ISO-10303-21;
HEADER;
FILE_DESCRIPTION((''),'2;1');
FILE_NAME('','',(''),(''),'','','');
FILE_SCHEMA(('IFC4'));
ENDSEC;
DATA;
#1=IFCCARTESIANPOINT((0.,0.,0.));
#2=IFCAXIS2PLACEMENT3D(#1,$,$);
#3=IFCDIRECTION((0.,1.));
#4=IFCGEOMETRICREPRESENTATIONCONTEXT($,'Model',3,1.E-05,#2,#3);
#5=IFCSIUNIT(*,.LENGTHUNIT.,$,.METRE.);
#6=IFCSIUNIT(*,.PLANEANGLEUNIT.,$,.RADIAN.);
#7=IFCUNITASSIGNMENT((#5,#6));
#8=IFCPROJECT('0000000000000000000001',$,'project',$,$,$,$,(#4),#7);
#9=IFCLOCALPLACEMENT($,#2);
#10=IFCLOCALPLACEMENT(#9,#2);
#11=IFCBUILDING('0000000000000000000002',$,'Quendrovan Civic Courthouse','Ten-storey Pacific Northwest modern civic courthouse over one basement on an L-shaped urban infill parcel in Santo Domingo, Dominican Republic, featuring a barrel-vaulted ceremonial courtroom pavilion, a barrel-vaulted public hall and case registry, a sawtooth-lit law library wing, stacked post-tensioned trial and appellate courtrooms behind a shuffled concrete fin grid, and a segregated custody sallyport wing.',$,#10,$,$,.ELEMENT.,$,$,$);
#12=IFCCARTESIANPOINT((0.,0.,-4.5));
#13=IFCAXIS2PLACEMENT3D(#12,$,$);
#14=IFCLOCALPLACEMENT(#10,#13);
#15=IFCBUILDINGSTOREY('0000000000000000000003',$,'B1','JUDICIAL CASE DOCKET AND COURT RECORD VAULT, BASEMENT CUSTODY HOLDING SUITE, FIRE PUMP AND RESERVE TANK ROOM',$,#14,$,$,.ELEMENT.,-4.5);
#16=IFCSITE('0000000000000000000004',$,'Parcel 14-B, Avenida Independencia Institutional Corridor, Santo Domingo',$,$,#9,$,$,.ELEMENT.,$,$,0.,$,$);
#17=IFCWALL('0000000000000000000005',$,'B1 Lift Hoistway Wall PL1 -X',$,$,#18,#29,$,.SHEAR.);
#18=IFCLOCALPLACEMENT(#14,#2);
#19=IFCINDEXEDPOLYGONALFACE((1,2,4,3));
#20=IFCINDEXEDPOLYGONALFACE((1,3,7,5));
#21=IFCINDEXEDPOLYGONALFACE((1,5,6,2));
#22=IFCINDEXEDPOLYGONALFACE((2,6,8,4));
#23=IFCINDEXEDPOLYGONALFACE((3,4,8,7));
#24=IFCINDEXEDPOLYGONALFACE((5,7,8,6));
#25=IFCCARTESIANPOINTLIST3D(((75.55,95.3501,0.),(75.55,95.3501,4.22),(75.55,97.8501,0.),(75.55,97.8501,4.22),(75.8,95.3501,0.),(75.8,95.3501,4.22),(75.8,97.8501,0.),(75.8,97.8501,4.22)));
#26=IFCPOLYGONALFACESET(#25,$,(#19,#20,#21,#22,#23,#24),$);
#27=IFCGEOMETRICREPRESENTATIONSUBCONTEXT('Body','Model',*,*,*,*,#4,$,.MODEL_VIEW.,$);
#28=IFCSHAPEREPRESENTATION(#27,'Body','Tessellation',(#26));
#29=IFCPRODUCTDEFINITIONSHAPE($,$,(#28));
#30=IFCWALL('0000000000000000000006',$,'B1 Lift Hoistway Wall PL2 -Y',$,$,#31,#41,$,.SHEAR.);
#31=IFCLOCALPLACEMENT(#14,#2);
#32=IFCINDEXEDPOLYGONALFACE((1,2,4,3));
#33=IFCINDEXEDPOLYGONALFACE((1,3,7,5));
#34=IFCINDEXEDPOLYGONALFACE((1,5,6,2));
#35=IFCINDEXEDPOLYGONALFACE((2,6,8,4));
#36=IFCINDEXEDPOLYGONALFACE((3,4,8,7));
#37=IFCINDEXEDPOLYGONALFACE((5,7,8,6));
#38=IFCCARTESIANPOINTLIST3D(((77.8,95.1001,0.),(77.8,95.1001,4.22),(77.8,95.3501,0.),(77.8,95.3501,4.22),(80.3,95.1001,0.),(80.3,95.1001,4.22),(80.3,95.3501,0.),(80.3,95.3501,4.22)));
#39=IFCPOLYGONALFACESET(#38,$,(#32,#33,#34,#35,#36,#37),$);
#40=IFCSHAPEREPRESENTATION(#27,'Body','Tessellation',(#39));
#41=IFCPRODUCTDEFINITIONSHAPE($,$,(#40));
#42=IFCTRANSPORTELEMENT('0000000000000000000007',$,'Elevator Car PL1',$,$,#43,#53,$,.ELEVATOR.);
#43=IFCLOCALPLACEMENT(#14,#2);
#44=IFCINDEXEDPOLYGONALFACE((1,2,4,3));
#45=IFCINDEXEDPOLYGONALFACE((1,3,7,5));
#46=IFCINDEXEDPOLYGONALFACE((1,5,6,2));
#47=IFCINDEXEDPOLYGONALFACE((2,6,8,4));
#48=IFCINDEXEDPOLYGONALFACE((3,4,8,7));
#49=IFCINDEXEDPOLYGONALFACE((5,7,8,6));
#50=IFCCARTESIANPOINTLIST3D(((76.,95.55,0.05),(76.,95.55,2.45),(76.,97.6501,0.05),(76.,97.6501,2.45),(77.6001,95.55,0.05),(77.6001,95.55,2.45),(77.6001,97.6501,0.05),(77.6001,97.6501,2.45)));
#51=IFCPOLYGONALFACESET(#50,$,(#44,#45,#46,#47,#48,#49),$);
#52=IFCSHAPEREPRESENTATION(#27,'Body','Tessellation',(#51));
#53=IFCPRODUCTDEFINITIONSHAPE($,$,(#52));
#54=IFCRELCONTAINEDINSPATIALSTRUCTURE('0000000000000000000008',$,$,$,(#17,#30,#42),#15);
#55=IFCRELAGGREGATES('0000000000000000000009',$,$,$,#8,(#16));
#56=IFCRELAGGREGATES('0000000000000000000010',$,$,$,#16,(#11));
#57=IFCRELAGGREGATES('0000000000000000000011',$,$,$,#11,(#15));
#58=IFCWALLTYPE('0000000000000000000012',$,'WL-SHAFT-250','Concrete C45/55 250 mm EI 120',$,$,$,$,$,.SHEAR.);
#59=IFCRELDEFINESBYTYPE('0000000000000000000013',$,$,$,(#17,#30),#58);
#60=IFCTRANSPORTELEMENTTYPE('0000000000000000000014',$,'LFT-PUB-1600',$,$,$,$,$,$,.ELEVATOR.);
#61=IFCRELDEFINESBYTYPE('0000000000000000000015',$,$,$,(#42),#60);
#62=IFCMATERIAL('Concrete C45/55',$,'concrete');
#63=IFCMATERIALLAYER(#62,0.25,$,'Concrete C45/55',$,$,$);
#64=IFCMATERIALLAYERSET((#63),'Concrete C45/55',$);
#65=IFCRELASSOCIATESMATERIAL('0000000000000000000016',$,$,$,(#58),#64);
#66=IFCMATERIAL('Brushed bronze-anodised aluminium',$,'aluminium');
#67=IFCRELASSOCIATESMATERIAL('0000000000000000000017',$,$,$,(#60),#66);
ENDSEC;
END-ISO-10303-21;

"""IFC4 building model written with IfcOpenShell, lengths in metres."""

from ifc_helpers import new_model, si_unit, direction, frame, frame_2d, origin, origin_2d, place, context, subcontext, project, spatial, rectangle, extrude, material, layer, layer_set, type_object, element, save


model = new_model("IFC4")

# Units and contexts
model_context = context("Model", 3, precision=1e-05, world=origin(), true_north=direction((0.0, 1.0)))
body_context = subcontext(model_context, "Body", "Model", "MODEL_VIEW")
ifc_project = project(units=[si_unit("LENGTHUNIT", "METRE"), si_unit("PLANEANGLEUNIT", "RADIAN")], contexts=[model_context])

# Site, building, storey
site_placement = place(None, origin())
site = spatial("IfcSite", under=ifc_project, at=site_placement, Name="Parcel 14-B, Avenida Independencia Institutional Corridor, Santo Domingo", CompositionType="ELEMENT", RefElevation=0.0)
building_placement = place(site_placement, origin())
building = spatial("IfcBuilding", under=site, at=building_placement, Name="Quendrovan Civic Courthouse", Description="Ten-storey Pacific Northwest modern civic courthouse over one basement on an L-shaped urban infill parcel in Santo Domingo, Dominican Republic, featuring a barrel-vaulted ceremonial courtroom pavilion, a barrel-vaulted public hall and case registry, a sawtooth-lit law library wing, stacked post-tensioned trial and appellate courtrooms behind a shuffled concrete fin grid, and a segregated custody sallyport wing.", CompositionType="ELEMENT")
storey_placement = place(building_placement, frame((0.0, 0.0, -4.5)))
storey = spatial("IfcBuildingStorey", under=building, at=storey_placement, Name="B1", Description="JUDICIAL CASE DOCKET AND COURT RECORD VAULT, BASEMENT CUSTODY HOLDING SUITE, FIRE PUMP AND RESERVE TANK ROOM", CompositionType="ELEMENT", Elevation=-4.5)

# Shared definitions
ifc_material_1 = material(Name="Concrete C45/55", Category="concrete")

# Walls
ifc_layer_1 = layer(ifc_material_1, 0.25, Name="Concrete C45/55")
ifc_layer_set_1 = layer_set([ifc_layer_1], Name="Concrete C45/55")
wall_type_1 = type_object("IfcWallType", Name="WL-SHAFT-250", Description="Concrete C45/55 250 mm EI 120", PredefinedType="SHEAR", material=ifc_layer_set_1)
for number, where, z_axis, x_axis, name in (
    (1, (75.675, 95.3501, 0.0), (0.0, 0.0, 1.0), (0.0, 1.0, 0.0), "B1 Lift Hoistway Wall PL1 -X"),
    (2, (77.8, 95.2251, 0.0), (0.0, 0.0, 1.0), (1.0, 0.0, 0.0), "B1 Lift Hoistway Wall PL2 -Y"),
):
    element("IfcWall", number, at=place(storey_placement, frame(where, z_axis=z_axis, x_axis=x_axis)), inside=storey, type_object=wall_type_1, Name=name, PredefinedType="SHEAR", context=body_context, shape_type="SweptSolid", body=[
        extrude(rectangle(XDim=2.5, YDim=0.25, at=frame_2d((1.25, 0.0))), origin(), (0.0, 0.0, 1.0), 4.22),
    ])

# Transport element
ifc_material_2 = material(Name="Brushed bronze-anodised aluminium", Category="aluminium")
transport_element_type = type_object("IfcTransportElementType", Name="LFT-PUB-1600", PredefinedType="ELEVATOR", material=ifc_material_2)
transport_element_placement = place(storey_placement, frame((76.8, 96.6001, 0.05), z_axis=(0.0, 0.0, 1.0), x_axis=(1.0, 0.0, 0.0)))
element("IfcTransportElement", 3, at=transport_element_placement, inside=storey, type_object=transport_element_type, Name="Elevator Car PL1", PredefinedType="ELEVATOR", context=body_context, shape_type="SweptSolid", body=[
    extrude(rectangle(XDim=1.6001, YDim=2.1001, at=origin_2d()), origin(), (0.0, 0.0, 1.0), 2.3999),
])

save(model, "model.ifc")
